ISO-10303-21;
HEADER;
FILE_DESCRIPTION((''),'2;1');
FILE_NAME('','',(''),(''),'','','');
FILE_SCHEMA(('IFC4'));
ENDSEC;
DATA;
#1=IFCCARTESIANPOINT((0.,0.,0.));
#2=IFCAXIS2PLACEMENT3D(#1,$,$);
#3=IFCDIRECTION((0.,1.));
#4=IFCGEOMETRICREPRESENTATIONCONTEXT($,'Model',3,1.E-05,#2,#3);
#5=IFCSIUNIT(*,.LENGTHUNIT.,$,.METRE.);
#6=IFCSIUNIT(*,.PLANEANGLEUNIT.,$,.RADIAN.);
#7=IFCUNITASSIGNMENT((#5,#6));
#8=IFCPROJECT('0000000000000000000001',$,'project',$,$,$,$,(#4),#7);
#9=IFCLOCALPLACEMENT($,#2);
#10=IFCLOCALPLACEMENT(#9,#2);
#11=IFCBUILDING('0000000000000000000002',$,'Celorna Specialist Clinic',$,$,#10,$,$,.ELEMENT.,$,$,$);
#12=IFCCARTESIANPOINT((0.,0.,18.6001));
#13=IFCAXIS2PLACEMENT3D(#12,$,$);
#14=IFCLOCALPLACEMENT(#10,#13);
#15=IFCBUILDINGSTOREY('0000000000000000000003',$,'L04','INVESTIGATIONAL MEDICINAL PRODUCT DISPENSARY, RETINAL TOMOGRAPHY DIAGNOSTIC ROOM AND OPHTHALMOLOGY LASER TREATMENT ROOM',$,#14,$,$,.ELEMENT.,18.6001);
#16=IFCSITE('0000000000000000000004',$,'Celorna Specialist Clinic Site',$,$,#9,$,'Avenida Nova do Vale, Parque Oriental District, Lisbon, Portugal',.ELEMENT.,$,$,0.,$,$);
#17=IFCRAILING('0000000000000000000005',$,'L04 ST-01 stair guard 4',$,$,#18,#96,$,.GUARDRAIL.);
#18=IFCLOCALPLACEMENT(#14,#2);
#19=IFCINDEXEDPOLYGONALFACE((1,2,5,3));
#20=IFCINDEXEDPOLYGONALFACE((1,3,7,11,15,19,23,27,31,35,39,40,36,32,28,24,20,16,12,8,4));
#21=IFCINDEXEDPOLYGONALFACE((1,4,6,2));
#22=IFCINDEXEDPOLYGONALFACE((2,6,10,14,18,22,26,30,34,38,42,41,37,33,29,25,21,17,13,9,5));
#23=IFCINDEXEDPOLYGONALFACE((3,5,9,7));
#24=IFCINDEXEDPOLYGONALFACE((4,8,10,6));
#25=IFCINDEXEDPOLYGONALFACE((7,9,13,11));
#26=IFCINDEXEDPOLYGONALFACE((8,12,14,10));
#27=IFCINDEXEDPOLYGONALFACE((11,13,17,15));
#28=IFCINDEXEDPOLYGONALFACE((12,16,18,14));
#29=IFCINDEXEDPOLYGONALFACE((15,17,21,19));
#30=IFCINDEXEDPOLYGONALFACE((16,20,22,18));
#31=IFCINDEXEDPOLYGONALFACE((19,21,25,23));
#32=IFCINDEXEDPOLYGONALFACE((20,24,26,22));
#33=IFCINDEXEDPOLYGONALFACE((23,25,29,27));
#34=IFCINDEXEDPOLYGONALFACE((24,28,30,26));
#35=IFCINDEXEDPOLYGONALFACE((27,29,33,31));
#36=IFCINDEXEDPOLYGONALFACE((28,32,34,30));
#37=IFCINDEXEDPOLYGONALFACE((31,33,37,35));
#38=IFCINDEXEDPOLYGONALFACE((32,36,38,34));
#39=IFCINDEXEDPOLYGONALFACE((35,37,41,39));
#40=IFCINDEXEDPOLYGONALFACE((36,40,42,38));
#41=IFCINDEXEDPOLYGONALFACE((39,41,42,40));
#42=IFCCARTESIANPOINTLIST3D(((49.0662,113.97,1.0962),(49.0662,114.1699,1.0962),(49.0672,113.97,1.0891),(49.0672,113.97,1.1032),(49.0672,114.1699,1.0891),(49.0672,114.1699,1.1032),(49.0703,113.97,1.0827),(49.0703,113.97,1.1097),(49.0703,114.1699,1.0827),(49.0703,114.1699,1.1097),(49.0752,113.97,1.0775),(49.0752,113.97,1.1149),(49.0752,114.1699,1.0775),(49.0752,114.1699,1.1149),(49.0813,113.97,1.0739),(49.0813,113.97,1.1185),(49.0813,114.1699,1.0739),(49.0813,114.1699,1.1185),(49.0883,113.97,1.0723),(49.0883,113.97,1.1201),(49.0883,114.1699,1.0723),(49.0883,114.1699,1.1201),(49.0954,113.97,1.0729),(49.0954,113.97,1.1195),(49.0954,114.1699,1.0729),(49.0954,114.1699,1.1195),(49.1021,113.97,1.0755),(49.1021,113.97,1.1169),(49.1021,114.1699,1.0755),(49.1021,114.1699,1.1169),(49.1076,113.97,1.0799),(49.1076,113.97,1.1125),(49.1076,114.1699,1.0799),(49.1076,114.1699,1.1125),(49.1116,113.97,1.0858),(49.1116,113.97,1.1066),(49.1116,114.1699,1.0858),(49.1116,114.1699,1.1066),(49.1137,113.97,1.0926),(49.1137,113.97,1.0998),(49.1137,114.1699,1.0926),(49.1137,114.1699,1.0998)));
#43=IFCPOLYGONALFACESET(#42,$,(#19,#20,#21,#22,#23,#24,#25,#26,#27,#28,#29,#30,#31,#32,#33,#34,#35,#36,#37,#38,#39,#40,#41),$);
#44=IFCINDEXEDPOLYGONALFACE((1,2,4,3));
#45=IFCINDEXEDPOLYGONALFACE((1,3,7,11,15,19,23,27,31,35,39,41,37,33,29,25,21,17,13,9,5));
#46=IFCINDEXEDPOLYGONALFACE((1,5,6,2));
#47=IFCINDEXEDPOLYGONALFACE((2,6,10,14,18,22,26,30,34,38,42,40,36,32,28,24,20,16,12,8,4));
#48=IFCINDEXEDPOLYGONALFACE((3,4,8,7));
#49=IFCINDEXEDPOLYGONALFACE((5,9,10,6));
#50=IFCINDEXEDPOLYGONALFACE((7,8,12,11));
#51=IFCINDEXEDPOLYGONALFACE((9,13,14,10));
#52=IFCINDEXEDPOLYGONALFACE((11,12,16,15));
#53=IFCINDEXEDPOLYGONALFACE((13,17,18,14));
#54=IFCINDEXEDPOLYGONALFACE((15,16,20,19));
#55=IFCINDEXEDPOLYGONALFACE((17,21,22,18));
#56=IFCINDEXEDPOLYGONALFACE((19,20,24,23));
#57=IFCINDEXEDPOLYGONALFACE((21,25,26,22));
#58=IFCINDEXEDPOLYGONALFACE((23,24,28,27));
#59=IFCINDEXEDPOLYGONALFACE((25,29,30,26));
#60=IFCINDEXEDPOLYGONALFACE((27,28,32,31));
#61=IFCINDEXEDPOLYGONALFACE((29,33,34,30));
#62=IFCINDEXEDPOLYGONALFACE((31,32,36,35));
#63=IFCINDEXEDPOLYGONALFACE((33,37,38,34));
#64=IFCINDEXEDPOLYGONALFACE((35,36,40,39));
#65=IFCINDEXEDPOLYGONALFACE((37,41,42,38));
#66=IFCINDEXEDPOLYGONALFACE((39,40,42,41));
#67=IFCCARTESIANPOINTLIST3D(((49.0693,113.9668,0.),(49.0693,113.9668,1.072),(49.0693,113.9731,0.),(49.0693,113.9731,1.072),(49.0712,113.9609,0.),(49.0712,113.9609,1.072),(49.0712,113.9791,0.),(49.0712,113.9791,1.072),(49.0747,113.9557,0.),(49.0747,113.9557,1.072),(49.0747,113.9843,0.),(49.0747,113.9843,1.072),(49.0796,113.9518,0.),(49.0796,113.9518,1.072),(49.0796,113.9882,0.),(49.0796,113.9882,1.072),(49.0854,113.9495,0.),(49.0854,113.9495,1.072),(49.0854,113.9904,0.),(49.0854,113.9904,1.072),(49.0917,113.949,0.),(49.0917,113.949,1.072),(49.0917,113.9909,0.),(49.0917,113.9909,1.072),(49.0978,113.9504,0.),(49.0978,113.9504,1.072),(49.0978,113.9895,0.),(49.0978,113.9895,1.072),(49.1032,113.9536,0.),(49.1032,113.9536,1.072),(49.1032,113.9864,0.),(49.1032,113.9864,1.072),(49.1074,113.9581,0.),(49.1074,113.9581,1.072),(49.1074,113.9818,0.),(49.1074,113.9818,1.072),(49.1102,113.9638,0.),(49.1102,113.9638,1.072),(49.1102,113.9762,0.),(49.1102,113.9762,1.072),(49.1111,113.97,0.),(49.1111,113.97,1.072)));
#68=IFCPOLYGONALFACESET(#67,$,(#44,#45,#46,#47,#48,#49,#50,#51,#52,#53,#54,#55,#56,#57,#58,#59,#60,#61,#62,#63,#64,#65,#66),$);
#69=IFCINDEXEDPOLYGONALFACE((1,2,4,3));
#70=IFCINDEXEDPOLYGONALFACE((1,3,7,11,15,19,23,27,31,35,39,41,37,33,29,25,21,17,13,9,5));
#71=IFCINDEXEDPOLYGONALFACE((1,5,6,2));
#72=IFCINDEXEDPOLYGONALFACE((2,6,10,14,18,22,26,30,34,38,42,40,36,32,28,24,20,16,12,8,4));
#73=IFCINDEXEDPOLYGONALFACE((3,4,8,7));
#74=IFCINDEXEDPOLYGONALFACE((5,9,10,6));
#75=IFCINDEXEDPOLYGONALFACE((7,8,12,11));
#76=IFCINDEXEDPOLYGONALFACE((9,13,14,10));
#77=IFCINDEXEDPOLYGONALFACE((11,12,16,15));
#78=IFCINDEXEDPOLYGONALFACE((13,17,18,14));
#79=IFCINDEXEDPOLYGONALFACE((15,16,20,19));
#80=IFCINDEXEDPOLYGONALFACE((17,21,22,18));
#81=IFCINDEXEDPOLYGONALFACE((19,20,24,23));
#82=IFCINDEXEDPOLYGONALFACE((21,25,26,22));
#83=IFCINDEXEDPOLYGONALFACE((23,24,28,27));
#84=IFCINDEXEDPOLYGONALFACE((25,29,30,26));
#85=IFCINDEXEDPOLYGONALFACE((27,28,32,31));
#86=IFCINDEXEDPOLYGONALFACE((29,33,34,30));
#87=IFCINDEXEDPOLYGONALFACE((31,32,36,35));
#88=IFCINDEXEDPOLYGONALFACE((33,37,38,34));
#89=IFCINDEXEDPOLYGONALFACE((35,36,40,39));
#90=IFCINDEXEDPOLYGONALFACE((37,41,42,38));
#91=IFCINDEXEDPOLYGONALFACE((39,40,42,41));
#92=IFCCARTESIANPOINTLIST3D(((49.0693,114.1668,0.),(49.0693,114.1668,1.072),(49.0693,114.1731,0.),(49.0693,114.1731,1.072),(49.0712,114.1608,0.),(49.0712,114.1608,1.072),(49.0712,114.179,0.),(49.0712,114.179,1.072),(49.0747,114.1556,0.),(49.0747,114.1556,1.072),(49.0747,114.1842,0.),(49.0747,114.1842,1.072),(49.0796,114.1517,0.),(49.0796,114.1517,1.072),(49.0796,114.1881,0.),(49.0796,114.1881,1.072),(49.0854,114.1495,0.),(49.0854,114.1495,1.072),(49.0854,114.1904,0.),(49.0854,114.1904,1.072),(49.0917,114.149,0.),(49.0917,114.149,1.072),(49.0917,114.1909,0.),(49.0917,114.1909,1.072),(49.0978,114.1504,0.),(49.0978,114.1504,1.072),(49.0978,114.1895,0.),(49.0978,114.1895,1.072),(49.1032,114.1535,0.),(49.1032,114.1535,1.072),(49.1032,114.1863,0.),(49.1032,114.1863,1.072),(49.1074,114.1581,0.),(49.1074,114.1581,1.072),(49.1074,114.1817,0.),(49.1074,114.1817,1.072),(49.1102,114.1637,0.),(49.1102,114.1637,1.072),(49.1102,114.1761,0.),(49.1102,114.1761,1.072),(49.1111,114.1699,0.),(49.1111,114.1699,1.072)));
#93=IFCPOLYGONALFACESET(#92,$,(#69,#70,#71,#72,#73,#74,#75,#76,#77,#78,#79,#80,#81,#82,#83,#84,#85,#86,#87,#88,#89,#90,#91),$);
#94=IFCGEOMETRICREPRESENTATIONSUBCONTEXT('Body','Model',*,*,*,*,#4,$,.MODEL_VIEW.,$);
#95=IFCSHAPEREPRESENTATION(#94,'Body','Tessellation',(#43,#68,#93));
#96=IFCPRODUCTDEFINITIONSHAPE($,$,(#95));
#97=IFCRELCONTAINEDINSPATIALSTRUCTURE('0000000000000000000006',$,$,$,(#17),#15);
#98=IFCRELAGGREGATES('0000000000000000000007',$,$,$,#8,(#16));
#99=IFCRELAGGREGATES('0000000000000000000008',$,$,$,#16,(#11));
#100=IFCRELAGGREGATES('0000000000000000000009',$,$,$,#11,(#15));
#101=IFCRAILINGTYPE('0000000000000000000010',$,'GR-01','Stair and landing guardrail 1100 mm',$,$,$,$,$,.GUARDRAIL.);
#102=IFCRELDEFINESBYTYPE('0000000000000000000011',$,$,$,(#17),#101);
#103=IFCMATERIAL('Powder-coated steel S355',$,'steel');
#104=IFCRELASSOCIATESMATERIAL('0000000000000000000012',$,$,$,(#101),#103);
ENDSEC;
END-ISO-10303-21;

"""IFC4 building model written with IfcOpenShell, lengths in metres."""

from ifc_helpers import new_model, si_unit, direction, frame, origin, origin_2d, place, context, subcontext, project, spatial, circle, extrude, material, type_object, element, save


model = new_model("IFC4")

# Units and contexts
model_context = context("Model", 3, precision=1e-05, world=origin(), true_north=direction((0.0, 1.0)))
body_context = subcontext(model_context, "Body", "Model", "MODEL_VIEW")
ifc_project = project(units=[si_unit("LENGTHUNIT", "METRE"), si_unit("PLANEANGLEUNIT", "RADIAN")], contexts=[model_context])

# Site, building, storey
site_placement = place(None, origin())
site = spatial("IfcSite", under=ifc_project, at=site_placement, Name="Celorna Specialist Clinic Site", LongName="Avenida Nova do Vale, Parque Oriental District, Lisbon, Portugal", CompositionType="ELEMENT", RefElevation=0.0)
building_placement = place(site_placement, origin())
building = spatial("IfcBuilding", under=site, at=building_placement, Name="Celorna Specialist Clinic", CompositionType="ELEMENT")
storey_placement = place(building_placement, frame((0.0, 0.0, 18.6001)))
storey = spatial("IfcBuildingStorey", under=building, at=storey_placement, Name="L04", Description="INVESTIGATIONAL MEDICINAL PRODUCT DISPENSARY, RETINAL TOMOGRAPHY DIAGNOSTIC ROOM AND OPHTHALMOLOGY LASER TREATMENT ROOM", CompositionType="ELEMENT", Elevation=18.6001)

# Railing
ifc_material_1 = material(Name="Powder-coated steel S355", Category="steel")
railing_type_1 = type_object("IfcRailingType", Name="GR-01", Description="Stair and landing guardrail 1100 mm", PredefinedType="GUARDRAIL", material=ifc_material_1)
railing_1_placement = place(storey_placement, frame((49.0901, 113.97, 0.0)))
element("IfcRailing", 1, at=railing_1_placement, inside=storey, type_object=railing_type_1, Name="L04 ST-01 stair guard 4", PredefinedType="GUARDRAIL", context=body_context, shape_type="SweptSolid", body=[
    extrude(circle(Radius=0.0239, at=origin_2d()), frame((0.0, 0.0, 1.0962), z_axis=(0.0, 1.0, 0.0), x_axis=(-1.0, 0.0, 0.0)), (0.0, 0.0, 1.0), 0.2),
    extrude(circle(Radius=0.021, at=origin_2d()), origin(), (0.0, 0.0, 1.0), 1.072),
    extrude(circle(Radius=0.021, at=origin_2d()), frame((0.0, 0.2, 0.0)), (0.0, 0.0, 1.0), 1.072),
])

save(model, "model.ifc")
